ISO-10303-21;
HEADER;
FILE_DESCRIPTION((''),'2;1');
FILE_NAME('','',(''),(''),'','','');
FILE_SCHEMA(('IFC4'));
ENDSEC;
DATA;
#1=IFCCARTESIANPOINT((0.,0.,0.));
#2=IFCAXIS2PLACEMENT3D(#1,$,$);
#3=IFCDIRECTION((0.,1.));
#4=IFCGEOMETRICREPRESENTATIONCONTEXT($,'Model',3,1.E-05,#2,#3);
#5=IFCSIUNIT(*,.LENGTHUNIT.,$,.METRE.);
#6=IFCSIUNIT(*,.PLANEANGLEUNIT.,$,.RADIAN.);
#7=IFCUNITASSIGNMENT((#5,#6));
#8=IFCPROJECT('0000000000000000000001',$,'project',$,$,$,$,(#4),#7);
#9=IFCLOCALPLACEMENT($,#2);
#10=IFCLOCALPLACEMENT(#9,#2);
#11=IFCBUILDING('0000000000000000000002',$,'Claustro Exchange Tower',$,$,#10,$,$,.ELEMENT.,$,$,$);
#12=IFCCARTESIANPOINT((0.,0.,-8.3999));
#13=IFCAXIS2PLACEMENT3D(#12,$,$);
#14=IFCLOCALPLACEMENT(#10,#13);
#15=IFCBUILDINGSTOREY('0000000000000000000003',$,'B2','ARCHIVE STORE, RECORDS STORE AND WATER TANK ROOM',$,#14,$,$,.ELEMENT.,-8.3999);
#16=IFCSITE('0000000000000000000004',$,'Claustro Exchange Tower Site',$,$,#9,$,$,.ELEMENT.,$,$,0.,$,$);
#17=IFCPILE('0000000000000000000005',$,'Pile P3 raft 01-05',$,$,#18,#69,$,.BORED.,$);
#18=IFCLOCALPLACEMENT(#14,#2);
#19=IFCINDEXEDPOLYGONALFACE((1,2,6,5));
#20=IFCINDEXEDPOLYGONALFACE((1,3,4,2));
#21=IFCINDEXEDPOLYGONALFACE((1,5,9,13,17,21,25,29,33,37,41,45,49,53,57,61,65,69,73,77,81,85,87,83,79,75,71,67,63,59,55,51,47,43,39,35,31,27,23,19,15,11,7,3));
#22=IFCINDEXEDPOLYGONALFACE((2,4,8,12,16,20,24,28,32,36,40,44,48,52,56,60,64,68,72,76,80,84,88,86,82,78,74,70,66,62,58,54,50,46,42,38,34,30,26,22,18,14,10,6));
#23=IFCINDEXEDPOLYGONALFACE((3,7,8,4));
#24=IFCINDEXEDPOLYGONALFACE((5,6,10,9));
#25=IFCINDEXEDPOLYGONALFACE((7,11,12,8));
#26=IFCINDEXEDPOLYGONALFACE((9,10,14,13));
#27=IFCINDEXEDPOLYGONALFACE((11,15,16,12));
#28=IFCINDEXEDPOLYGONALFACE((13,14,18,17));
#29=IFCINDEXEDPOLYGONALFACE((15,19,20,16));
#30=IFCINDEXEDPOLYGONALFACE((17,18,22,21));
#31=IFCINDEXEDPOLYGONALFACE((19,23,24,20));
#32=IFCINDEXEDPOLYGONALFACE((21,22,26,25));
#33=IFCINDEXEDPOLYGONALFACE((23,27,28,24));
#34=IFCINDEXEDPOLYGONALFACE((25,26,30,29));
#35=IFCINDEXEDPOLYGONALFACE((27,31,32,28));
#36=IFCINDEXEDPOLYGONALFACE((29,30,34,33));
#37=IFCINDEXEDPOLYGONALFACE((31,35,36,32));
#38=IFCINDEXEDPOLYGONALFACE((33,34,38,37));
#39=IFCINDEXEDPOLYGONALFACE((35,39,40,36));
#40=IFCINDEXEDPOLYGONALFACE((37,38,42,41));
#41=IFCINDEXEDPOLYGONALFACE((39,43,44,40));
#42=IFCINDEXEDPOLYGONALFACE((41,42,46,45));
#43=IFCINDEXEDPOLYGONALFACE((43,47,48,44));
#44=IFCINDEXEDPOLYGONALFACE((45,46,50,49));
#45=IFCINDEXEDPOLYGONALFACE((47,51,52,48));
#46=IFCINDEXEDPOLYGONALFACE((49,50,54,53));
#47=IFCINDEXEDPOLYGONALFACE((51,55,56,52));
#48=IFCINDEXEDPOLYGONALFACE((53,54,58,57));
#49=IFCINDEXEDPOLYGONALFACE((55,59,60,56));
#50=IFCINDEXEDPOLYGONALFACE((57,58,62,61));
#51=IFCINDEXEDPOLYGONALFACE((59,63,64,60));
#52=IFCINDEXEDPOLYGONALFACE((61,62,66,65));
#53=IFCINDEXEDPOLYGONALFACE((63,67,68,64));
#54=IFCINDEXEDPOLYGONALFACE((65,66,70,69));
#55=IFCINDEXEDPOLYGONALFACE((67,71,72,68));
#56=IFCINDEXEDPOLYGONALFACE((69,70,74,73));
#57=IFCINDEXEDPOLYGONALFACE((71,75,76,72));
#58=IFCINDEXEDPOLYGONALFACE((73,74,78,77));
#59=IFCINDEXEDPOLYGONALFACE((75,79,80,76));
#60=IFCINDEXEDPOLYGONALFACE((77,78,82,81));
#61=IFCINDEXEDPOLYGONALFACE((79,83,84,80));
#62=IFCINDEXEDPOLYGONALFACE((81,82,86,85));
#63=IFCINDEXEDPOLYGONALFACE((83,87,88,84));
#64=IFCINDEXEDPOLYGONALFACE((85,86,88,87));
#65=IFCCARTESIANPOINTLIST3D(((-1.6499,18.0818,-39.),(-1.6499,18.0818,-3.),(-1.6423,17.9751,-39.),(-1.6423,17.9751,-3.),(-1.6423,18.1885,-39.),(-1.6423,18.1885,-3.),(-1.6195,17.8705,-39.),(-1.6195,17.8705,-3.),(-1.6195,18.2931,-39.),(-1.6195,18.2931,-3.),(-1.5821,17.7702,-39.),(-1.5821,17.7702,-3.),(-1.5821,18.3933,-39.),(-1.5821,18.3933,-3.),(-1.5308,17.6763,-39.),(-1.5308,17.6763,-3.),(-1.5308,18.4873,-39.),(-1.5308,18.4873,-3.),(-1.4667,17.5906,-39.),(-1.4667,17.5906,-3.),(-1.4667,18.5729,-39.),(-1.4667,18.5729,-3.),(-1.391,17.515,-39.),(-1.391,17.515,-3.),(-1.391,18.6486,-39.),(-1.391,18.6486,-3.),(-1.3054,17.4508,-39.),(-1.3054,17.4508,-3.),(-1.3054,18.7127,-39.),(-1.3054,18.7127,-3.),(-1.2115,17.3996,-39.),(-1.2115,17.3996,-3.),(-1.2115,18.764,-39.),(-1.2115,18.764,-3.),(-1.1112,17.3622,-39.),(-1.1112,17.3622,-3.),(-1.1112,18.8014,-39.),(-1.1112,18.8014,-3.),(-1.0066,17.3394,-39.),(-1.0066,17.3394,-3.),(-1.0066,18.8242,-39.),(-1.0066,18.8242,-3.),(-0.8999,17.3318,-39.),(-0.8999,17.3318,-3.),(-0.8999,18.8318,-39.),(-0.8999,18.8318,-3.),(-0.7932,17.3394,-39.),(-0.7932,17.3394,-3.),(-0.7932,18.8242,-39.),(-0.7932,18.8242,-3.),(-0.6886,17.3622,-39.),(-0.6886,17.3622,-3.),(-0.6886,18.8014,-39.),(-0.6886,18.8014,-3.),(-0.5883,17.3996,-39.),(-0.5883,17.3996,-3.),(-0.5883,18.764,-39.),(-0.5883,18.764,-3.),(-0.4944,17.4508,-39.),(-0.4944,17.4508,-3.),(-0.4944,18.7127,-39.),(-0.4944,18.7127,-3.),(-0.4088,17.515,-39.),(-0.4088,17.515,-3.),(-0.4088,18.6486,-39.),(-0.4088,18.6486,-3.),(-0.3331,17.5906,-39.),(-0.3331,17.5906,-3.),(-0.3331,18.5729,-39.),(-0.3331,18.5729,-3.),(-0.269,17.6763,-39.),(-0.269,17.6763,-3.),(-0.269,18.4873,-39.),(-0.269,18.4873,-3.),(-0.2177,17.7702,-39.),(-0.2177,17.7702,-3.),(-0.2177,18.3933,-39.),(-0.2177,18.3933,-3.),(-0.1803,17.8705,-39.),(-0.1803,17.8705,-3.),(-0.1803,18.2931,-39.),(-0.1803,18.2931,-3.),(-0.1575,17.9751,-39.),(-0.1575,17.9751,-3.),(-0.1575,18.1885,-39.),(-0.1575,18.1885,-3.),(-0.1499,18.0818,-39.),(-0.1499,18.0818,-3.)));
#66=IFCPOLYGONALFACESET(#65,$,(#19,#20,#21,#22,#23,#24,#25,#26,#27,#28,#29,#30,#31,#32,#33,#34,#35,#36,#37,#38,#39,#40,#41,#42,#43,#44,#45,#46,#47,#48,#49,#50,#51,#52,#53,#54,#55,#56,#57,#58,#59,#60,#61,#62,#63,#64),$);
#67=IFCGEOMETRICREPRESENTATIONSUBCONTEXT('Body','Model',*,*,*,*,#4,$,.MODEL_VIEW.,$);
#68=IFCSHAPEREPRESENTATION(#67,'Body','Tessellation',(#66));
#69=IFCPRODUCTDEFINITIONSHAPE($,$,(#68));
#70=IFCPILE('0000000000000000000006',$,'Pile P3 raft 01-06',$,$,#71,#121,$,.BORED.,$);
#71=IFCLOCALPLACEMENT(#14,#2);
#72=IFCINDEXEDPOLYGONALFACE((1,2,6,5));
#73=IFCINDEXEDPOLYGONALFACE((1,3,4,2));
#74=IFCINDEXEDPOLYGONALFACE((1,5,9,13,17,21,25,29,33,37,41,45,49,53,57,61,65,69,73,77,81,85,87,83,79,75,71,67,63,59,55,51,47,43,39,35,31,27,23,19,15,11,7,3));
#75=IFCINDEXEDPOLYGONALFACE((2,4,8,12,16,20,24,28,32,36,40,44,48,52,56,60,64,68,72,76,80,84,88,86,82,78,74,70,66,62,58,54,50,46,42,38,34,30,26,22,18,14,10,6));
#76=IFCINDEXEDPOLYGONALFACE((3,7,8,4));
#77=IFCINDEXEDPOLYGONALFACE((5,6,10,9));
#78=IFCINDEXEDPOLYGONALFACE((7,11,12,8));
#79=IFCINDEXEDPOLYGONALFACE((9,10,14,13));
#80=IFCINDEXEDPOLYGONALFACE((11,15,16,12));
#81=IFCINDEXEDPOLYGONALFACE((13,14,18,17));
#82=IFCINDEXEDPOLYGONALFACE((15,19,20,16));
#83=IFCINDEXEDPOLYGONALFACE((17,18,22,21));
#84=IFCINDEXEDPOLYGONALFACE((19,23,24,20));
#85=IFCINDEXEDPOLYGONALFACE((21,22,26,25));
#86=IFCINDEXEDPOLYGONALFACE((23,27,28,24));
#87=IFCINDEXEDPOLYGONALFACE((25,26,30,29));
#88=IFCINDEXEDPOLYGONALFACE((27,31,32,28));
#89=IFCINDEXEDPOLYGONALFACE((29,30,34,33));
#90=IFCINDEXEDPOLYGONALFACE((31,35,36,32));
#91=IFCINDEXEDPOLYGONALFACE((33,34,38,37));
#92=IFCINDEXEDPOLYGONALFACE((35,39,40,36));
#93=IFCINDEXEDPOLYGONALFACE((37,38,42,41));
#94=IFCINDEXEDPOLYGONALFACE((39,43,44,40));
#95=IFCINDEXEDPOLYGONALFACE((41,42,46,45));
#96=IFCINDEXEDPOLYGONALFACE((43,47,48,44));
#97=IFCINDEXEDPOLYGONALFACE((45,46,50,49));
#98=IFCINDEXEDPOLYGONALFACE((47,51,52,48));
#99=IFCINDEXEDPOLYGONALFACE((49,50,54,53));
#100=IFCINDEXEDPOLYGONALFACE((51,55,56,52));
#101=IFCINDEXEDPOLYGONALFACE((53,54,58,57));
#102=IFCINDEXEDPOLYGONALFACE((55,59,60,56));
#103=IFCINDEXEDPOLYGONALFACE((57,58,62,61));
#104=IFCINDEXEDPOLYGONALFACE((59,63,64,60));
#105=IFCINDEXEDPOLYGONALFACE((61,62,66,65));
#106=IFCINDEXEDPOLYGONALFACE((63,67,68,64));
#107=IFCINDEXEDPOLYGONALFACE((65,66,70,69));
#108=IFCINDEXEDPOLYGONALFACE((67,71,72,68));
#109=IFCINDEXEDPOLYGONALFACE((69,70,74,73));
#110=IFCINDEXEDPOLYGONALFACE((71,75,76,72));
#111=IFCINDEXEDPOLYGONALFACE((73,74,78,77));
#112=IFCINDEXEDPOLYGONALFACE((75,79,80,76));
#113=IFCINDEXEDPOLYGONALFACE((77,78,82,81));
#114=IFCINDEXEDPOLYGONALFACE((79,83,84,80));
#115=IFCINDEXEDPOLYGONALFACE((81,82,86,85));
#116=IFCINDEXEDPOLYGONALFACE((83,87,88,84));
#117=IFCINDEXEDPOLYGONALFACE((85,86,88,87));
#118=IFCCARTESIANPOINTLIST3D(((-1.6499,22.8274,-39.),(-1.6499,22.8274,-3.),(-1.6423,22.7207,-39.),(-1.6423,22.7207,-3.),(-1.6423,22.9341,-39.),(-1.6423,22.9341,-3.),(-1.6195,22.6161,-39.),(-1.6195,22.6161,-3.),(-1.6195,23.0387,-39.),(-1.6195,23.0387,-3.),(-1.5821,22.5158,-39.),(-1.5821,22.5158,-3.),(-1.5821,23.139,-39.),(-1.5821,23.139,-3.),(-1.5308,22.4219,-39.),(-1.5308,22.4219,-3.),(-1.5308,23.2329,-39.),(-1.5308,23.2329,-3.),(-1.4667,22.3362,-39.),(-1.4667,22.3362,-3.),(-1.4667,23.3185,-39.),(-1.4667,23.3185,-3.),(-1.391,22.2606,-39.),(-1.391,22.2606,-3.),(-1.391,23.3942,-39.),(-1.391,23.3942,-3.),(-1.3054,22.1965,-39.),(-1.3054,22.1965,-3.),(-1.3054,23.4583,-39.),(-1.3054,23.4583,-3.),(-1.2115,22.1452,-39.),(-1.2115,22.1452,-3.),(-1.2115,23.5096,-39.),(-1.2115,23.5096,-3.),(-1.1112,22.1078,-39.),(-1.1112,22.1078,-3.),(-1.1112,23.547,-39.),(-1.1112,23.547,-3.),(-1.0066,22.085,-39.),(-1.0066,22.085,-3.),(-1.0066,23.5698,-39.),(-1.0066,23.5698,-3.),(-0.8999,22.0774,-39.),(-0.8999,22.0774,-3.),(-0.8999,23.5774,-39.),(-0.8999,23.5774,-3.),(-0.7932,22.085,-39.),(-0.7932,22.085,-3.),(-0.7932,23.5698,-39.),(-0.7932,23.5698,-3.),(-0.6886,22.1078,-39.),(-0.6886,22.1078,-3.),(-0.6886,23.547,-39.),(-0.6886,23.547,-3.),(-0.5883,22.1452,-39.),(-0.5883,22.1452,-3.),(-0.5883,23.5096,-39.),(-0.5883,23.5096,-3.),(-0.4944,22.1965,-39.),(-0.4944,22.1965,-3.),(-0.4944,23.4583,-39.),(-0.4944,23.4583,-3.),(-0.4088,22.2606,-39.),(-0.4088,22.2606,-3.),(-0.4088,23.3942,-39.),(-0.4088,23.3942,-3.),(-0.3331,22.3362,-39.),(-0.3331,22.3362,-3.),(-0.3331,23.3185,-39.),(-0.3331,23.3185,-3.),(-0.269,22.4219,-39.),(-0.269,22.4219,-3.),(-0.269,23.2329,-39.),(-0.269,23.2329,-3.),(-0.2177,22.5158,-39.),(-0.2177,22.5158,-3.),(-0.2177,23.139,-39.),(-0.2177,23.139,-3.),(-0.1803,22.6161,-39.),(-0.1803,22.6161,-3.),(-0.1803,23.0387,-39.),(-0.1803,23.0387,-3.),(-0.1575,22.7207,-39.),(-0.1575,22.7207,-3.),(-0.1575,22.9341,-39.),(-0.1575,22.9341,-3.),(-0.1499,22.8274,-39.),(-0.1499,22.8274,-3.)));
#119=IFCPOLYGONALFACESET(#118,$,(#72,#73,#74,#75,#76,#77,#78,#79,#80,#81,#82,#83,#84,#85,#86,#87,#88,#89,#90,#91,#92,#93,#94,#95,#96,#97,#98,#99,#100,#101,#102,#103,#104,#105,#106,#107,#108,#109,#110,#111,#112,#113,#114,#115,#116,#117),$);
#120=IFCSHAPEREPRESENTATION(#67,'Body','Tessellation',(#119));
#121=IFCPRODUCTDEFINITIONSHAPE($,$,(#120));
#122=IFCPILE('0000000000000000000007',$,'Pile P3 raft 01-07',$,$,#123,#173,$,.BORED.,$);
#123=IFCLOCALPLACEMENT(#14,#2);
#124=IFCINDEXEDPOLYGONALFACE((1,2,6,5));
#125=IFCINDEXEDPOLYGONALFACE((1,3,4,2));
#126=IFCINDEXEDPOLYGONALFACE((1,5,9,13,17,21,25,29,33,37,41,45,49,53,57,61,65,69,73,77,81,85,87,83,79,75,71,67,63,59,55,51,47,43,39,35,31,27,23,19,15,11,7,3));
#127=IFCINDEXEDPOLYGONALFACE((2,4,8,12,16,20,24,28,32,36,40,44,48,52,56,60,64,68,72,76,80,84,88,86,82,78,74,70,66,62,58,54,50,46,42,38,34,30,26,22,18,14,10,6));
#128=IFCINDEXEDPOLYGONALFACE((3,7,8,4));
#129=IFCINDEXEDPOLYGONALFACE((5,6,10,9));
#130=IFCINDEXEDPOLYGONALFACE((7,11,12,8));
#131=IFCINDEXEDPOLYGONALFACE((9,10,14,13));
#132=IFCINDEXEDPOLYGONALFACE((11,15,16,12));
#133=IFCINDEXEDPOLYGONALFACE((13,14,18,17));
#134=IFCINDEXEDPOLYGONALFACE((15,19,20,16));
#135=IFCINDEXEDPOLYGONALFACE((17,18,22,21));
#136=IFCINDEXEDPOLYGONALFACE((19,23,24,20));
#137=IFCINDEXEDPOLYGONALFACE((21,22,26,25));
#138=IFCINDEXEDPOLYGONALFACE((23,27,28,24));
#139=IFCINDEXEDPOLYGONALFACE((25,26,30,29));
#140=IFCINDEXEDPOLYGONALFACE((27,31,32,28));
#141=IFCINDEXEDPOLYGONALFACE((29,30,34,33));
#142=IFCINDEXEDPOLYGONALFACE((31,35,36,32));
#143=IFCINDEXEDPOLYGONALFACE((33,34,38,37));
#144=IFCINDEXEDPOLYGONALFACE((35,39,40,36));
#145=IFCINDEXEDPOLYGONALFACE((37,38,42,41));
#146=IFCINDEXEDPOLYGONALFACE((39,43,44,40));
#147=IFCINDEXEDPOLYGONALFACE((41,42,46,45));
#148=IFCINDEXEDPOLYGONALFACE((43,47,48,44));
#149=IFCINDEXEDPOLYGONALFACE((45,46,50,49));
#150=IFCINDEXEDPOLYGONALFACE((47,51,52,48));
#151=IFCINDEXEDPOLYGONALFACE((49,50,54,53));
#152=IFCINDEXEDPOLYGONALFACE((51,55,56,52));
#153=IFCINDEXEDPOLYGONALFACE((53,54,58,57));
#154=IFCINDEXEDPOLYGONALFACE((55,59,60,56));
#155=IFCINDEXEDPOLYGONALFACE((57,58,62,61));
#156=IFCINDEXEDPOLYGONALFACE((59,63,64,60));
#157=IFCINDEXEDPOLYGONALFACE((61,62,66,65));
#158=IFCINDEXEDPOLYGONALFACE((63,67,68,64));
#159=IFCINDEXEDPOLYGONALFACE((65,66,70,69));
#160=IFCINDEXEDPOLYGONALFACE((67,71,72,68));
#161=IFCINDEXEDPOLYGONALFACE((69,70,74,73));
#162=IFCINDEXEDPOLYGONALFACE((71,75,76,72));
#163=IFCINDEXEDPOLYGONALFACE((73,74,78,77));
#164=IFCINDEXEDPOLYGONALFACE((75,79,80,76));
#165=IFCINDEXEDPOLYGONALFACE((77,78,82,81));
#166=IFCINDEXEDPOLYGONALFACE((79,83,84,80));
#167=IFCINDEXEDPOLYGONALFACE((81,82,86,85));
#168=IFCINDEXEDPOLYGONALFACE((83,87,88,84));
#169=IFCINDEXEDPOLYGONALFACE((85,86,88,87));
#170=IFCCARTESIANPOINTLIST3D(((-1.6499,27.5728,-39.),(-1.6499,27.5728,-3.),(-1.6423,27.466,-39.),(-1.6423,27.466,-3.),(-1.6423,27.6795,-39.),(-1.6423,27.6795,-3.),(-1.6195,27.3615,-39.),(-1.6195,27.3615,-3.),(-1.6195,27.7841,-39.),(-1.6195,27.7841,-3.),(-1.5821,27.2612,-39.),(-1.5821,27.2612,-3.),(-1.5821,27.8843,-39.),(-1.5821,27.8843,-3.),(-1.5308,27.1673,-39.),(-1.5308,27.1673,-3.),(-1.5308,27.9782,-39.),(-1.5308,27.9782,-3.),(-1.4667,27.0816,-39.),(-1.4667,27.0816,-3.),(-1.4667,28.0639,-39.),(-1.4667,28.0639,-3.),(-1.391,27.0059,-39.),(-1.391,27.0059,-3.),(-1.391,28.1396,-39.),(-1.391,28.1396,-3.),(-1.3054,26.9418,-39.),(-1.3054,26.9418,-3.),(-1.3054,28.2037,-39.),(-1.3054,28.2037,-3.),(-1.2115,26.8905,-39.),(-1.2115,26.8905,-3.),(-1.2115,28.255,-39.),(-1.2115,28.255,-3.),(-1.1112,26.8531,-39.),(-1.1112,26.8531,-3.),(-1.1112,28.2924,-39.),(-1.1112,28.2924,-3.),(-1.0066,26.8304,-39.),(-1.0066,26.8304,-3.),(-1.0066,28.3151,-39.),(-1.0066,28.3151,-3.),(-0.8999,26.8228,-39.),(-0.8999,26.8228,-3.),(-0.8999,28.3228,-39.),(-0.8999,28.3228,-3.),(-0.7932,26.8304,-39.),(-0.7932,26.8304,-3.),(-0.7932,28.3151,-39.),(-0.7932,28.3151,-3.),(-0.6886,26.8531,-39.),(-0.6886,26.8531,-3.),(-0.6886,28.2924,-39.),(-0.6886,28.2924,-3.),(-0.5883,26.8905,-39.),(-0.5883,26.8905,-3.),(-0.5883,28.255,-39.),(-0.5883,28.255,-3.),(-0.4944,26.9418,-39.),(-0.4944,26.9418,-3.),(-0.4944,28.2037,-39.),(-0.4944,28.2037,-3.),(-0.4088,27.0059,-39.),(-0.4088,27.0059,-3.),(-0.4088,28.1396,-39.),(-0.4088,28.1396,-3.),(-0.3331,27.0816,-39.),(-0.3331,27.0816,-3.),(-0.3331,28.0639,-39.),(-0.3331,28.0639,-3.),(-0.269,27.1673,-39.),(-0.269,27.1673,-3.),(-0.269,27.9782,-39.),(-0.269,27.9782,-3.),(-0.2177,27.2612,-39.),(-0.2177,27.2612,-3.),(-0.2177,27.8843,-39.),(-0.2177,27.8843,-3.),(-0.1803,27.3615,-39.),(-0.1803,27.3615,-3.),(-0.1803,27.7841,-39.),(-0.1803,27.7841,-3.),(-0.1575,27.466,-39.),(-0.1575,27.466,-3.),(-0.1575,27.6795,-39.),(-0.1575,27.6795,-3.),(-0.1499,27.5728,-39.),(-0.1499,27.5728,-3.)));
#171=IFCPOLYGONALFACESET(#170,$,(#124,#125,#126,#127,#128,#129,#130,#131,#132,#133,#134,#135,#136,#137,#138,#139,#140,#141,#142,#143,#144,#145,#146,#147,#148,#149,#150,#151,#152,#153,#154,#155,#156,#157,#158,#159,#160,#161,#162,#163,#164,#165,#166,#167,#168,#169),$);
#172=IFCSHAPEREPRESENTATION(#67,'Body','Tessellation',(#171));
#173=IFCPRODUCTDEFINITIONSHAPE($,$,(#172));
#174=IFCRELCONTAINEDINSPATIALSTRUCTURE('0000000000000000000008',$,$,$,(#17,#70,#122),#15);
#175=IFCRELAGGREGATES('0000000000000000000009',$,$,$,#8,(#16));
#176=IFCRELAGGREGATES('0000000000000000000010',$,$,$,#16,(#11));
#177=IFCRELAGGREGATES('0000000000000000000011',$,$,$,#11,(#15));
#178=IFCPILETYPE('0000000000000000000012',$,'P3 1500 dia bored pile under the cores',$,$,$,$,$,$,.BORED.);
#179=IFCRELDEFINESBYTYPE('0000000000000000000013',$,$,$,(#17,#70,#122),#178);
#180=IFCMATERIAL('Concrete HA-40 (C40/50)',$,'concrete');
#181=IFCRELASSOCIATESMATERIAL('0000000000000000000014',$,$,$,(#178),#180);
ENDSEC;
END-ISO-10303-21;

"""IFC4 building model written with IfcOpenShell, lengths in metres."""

from ifc_helpers import new_model, si_unit, direction, frame, origin, origin_2d, place, context, subcontext, project, spatial, circle, extrude, material, type_object, element, save


model = new_model("IFC4")

# Units and contexts
model_context = context("Model", 3, precision=1e-05, world=origin(), true_north=direction((0.0, 1.0)))
body_context = subcontext(model_context, "Body", "Model", "MODEL_VIEW")
ifc_project = project(units=[si_unit("LENGTHUNIT", "METRE"), si_unit("PLANEANGLEUNIT", "RADIAN")], contexts=[model_context])

# Site, building, storey
site_placement = place(None, origin())
site = spatial("IfcSite", under=ifc_project, at=site_placement, Name="Claustro Exchange Tower Site", CompositionType="ELEMENT", RefElevation=0.0)
building_placement = place(site_placement, origin())
building = spatial("IfcBuilding", under=site, at=building_placement, Name="Claustro Exchange Tower", CompositionType="ELEMENT")
storey_placement = place(building_placement, frame((0.0, 0.0, -8.3999)))
storey = spatial("IfcBuildingStorey", under=building, at=storey_placement, Name="B2", Description="ARCHIVE STORE, RECORDS STORE AND WATER TANK ROOM", CompositionType="ELEMENT", Elevation=-8.3999)

# Piles
ifc_material_1 = material(Name="Concrete HA-40 (C40/50)", Category="concrete")
pile_type_1 = type_object("IfcPileType", Name="P3 1500 dia bored pile under the cores", PredefinedType="BORED", material=ifc_material_1)
for number, where, z_axis, x_axis, name in (
    (1, (-0.8999, 18.0818, -3.0), (0.0, 0.0, -1.0), (1.0, 0.0, 0.0), "Pile P3 raft 01-05"),
    (2, (-0.8999, 22.8274, -3.0), (0.0, 0.0, -1.0), (1.0, 0.0, 0.0), "Pile P3 raft 01-06"),
    (3, (-0.8999, 27.5728, -3.0), (0.0, 0.0, -1.0), (1.0, 0.0, 0.0), "Pile P3 raft 01-07"),
):
    element("IfcPile", number, at=place(storey_placement, frame(where, z_axis=z_axis, x_axis=x_axis)), inside=storey, type_object=pile_type_1, Name=name, PredefinedType="BORED", context=body_context, shape_type="SweptSolid", body=[
        extrude(circle(Radius=0.75, at=origin_2d()), origin(), (0.0, 0.0, 1.0), 36.0),
    ])

save(model, "model.ifc")
